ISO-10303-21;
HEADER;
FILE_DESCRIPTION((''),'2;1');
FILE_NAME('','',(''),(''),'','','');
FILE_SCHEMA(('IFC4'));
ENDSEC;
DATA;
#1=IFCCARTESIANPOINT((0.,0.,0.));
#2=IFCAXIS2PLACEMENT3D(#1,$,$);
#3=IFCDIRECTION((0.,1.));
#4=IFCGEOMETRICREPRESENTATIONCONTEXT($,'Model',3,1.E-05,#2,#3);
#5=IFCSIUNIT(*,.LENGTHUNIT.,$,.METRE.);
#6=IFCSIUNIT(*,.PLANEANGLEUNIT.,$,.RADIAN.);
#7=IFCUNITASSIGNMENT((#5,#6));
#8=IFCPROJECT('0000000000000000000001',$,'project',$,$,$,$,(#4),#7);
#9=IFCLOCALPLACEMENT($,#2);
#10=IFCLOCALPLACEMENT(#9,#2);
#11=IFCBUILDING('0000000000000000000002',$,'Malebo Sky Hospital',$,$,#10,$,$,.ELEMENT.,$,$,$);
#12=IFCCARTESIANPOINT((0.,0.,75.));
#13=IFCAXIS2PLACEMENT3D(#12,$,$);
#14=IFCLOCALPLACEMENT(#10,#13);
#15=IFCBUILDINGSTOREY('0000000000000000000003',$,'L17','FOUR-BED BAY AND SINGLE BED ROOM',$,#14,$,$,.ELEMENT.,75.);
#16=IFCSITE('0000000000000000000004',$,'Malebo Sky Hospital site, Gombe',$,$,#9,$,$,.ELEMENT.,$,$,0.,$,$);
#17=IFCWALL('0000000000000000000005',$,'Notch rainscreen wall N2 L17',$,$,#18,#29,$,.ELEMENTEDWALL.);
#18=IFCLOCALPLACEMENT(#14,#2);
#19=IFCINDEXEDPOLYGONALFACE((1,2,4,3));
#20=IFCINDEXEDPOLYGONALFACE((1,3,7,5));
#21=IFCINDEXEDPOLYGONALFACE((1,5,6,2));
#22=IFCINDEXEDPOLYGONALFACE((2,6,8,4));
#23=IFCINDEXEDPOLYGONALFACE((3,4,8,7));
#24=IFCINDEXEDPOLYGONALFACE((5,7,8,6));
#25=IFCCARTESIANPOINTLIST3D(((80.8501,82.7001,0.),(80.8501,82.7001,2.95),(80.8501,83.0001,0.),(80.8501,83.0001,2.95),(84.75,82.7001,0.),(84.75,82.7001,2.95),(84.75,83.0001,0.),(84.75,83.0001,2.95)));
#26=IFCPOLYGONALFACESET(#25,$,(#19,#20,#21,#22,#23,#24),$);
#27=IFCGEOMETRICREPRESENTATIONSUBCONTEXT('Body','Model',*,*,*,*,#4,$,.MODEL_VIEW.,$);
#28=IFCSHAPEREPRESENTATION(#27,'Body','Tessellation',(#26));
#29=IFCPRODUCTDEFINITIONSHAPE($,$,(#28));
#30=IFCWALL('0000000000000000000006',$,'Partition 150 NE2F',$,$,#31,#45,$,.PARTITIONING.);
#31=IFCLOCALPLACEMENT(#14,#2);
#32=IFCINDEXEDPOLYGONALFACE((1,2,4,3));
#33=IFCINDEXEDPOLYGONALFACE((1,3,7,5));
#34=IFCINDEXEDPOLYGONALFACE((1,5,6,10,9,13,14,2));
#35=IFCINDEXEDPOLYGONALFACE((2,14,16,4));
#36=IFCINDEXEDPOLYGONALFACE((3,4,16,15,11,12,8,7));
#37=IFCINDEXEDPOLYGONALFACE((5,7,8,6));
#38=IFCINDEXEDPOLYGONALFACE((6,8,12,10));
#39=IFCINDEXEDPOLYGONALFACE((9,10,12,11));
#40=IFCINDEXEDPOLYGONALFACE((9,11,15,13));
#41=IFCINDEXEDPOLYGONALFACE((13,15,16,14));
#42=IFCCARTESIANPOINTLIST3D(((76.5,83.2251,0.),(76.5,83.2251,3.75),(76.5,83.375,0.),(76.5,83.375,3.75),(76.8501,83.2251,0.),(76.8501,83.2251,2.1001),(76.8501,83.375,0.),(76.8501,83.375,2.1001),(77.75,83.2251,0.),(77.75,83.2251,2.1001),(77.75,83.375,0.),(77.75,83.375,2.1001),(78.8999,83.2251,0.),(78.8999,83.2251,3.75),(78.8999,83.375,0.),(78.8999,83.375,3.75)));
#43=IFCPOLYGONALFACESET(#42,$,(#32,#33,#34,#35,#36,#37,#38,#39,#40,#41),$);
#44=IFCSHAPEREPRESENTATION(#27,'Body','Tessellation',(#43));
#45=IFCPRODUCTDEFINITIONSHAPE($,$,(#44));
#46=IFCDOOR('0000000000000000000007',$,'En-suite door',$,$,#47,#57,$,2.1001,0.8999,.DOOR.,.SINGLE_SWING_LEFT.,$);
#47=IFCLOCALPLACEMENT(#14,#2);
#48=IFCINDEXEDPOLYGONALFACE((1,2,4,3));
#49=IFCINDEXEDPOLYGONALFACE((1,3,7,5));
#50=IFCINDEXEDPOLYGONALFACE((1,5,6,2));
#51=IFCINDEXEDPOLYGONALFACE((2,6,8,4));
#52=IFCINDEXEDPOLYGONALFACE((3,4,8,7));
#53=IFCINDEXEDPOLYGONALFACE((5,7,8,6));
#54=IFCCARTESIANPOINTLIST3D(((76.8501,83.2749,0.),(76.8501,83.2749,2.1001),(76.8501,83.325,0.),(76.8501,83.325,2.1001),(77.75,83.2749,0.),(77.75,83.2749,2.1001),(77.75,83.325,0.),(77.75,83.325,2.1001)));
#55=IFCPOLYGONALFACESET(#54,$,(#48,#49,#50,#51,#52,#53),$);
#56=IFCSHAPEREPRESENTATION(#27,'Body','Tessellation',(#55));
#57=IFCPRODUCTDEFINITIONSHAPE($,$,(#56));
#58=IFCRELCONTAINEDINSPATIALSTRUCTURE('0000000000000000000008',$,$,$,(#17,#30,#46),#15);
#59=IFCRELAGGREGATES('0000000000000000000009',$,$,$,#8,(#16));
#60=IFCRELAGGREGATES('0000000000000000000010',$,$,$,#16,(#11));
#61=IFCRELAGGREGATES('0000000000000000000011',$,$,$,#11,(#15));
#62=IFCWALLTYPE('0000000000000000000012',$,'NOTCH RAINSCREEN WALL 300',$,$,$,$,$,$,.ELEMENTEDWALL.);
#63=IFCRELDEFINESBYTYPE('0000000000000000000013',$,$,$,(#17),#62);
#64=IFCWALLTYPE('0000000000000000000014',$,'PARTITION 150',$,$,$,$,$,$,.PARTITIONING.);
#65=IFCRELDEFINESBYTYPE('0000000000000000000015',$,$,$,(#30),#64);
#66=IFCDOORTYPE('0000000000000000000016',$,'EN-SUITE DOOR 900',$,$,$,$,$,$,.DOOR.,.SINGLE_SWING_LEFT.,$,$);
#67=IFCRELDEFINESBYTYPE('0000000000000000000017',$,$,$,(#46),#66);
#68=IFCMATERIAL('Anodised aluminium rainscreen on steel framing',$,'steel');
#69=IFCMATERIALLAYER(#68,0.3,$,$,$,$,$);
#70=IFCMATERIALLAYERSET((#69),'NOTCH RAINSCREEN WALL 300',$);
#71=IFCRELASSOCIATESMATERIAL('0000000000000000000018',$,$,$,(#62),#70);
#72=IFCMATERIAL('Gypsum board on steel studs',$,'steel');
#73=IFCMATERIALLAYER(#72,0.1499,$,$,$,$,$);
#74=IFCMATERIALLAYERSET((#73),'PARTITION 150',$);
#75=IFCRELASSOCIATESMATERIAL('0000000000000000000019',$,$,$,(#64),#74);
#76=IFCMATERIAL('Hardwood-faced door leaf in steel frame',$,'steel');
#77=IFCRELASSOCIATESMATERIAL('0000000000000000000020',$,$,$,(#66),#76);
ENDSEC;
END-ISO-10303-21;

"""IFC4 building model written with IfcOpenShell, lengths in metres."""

from ifc_helpers import new_model, si_unit, direction, frame, frame_2d, origin, place, context, subcontext, project, spatial, rectangle, extrude, material, layer, layer_set, type_object, element, fill, save


model = new_model("IFC4")

# Units and contexts
model_context = context("Model", 3, precision=1e-05, world=origin(), true_north=direction((0.0, 1.0)))
body_context = subcontext(model_context, "Body", "Model", "MODEL_VIEW")
ifc_project = project(units=[si_unit("LENGTHUNIT", "METRE"), si_unit("PLANEANGLEUNIT", "RADIAN")], contexts=[model_context])

# Site, building, storey
site_placement = place(None, origin())
site = spatial("IfcSite", under=ifc_project, at=site_placement, Name="Malebo Sky Hospital site, Gombe", CompositionType="ELEMENT", RefElevation=0.0)
building_placement = place(site_placement, origin())
building = spatial("IfcBuilding", under=site, at=building_placement, Name="Malebo Sky Hospital", CompositionType="ELEMENT")
storey_placement = place(building_placement, frame((0.0, 0.0, 75.0)))
storey = spatial("IfcBuildingStorey", under=building, at=storey_placement, Name="L17", Description="FOUR-BED BAY AND SINGLE BED ROOM", CompositionType="ELEMENT", Elevation=75.0)

# Wall
ifc_material_1 = material(Name="Anodised aluminium rainscreen on steel framing", Category="steel")
ifc_layer_1 = layer(ifc_material_1, 0.3)
ifc_layer_set_1 = layer_set([ifc_layer_1], Name="NOTCH RAINSCREEN WALL 300")
wall_type_1 = type_object("IfcWallType", Name="NOTCH RAINSCREEN WALL 300", PredefinedType="ELEMENTEDWALL", material=ifc_layer_set_1)
for number, where, z_axis, x_axis, name in (
    (1, (80.8501, 82.8501, 0.0), (0.0, 0.0, 1.0), (1.0, 0.0, 0.0), "Notch rainscreen wall N2 L17"),
):
    element("IfcWall", number, at=place(storey_placement, frame(where, z_axis=z_axis, x_axis=x_axis)), inside=storey, type_object=wall_type_1, Name=name, PredefinedType="ELEMENTEDWALL", context=body_context, shape_type="SweptSolid", body=[
        extrude(rectangle(XDim=3.8999, YDim=0.3, at=frame_2d((1.95, 0.0))), origin(), (0.0, 0.0, 1.0), 2.95),
    ])

# Wall, opening, door
ifc_material_2 = material(Name="Gypsum board on steel studs", Category="steel")
ifc_layer_2 = layer(ifc_material_2, 0.1499)
ifc_layer_set_2 = layer_set([ifc_layer_2], Name="PARTITION 150")
wall_type_2 = type_object("IfcWallType", Name="PARTITION 150", PredefinedType="PARTITIONING", material=ifc_layer_set_2)
wall_placement = place(storey_placement, frame((76.5, 83.3, 0.0), z_axis=(0.0, 0.0, 1.0), x_axis=(1.0, 0.0, 0.0)))
wall = element("IfcWall", 2, at=wall_placement, inside=storey, type_object=wall_type_2, Name="Partition 150 NE2F", PredefinedType="PARTITIONING", context=body_context, shape_type="SweptSolid", body=[
    extrude(rectangle(XDim=2.3999, YDim=0.1499, at=frame_2d((1.2, 0.0))), origin(), (0.0, 0.0, 1.0), 3.75),
])
opening_placement = place(wall_placement, frame((0.3501, 0.0, 0.0)))
opening = element("IfcOpeningElement", 3, at=opening_placement, cuts=wall, PredefinedType="OPENING", context=body_context, shape_type="SweptSolid", body=[
    extrude(rectangle(XDim=0.8999, YDim=2.1001, at=frame_2d((0.45, 1.05))), frame((0.0, 0.085, 0.0), z_axis=(0.0, -1.0, 0.0), x_axis=(1.0, 0.0, 0.0)), (0.0, 0.0, 1.0), 0.1699),
])
ifc_material_3 = material(Name="Hardwood-faced door leaf in steel frame", Category="steel")
door_type = type_object("IfcDoorType", Name="EN-SUITE DOOR 900", OperationType="SINGLE_SWING_LEFT", PredefinedType="DOOR", material=ifc_material_3)
door_placement = place(opening_placement, origin())
door = element("IfcDoor", 4, at=door_placement, inside=storey, type_object=door_type, Name="En-suite door", OperationType="SINGLE_SWING_LEFT", OverallHeight=2.1001, OverallWidth=0.8999, PredefinedType="DOOR", context=body_context, shape_type="SweptSolid", body=[
    extrude(rectangle(XDim=0.8999, YDim=2.1001, at=frame_2d((0.45, 1.05))), frame((0.0, 0.0249, 0.0), z_axis=(0.0, -1.0, 0.0), x_axis=(1.0, 0.0, 0.0)), (0.0, 0.0, 1.0), 0.05),
])
fill(opening, door)

save(model, "model.ifc")
